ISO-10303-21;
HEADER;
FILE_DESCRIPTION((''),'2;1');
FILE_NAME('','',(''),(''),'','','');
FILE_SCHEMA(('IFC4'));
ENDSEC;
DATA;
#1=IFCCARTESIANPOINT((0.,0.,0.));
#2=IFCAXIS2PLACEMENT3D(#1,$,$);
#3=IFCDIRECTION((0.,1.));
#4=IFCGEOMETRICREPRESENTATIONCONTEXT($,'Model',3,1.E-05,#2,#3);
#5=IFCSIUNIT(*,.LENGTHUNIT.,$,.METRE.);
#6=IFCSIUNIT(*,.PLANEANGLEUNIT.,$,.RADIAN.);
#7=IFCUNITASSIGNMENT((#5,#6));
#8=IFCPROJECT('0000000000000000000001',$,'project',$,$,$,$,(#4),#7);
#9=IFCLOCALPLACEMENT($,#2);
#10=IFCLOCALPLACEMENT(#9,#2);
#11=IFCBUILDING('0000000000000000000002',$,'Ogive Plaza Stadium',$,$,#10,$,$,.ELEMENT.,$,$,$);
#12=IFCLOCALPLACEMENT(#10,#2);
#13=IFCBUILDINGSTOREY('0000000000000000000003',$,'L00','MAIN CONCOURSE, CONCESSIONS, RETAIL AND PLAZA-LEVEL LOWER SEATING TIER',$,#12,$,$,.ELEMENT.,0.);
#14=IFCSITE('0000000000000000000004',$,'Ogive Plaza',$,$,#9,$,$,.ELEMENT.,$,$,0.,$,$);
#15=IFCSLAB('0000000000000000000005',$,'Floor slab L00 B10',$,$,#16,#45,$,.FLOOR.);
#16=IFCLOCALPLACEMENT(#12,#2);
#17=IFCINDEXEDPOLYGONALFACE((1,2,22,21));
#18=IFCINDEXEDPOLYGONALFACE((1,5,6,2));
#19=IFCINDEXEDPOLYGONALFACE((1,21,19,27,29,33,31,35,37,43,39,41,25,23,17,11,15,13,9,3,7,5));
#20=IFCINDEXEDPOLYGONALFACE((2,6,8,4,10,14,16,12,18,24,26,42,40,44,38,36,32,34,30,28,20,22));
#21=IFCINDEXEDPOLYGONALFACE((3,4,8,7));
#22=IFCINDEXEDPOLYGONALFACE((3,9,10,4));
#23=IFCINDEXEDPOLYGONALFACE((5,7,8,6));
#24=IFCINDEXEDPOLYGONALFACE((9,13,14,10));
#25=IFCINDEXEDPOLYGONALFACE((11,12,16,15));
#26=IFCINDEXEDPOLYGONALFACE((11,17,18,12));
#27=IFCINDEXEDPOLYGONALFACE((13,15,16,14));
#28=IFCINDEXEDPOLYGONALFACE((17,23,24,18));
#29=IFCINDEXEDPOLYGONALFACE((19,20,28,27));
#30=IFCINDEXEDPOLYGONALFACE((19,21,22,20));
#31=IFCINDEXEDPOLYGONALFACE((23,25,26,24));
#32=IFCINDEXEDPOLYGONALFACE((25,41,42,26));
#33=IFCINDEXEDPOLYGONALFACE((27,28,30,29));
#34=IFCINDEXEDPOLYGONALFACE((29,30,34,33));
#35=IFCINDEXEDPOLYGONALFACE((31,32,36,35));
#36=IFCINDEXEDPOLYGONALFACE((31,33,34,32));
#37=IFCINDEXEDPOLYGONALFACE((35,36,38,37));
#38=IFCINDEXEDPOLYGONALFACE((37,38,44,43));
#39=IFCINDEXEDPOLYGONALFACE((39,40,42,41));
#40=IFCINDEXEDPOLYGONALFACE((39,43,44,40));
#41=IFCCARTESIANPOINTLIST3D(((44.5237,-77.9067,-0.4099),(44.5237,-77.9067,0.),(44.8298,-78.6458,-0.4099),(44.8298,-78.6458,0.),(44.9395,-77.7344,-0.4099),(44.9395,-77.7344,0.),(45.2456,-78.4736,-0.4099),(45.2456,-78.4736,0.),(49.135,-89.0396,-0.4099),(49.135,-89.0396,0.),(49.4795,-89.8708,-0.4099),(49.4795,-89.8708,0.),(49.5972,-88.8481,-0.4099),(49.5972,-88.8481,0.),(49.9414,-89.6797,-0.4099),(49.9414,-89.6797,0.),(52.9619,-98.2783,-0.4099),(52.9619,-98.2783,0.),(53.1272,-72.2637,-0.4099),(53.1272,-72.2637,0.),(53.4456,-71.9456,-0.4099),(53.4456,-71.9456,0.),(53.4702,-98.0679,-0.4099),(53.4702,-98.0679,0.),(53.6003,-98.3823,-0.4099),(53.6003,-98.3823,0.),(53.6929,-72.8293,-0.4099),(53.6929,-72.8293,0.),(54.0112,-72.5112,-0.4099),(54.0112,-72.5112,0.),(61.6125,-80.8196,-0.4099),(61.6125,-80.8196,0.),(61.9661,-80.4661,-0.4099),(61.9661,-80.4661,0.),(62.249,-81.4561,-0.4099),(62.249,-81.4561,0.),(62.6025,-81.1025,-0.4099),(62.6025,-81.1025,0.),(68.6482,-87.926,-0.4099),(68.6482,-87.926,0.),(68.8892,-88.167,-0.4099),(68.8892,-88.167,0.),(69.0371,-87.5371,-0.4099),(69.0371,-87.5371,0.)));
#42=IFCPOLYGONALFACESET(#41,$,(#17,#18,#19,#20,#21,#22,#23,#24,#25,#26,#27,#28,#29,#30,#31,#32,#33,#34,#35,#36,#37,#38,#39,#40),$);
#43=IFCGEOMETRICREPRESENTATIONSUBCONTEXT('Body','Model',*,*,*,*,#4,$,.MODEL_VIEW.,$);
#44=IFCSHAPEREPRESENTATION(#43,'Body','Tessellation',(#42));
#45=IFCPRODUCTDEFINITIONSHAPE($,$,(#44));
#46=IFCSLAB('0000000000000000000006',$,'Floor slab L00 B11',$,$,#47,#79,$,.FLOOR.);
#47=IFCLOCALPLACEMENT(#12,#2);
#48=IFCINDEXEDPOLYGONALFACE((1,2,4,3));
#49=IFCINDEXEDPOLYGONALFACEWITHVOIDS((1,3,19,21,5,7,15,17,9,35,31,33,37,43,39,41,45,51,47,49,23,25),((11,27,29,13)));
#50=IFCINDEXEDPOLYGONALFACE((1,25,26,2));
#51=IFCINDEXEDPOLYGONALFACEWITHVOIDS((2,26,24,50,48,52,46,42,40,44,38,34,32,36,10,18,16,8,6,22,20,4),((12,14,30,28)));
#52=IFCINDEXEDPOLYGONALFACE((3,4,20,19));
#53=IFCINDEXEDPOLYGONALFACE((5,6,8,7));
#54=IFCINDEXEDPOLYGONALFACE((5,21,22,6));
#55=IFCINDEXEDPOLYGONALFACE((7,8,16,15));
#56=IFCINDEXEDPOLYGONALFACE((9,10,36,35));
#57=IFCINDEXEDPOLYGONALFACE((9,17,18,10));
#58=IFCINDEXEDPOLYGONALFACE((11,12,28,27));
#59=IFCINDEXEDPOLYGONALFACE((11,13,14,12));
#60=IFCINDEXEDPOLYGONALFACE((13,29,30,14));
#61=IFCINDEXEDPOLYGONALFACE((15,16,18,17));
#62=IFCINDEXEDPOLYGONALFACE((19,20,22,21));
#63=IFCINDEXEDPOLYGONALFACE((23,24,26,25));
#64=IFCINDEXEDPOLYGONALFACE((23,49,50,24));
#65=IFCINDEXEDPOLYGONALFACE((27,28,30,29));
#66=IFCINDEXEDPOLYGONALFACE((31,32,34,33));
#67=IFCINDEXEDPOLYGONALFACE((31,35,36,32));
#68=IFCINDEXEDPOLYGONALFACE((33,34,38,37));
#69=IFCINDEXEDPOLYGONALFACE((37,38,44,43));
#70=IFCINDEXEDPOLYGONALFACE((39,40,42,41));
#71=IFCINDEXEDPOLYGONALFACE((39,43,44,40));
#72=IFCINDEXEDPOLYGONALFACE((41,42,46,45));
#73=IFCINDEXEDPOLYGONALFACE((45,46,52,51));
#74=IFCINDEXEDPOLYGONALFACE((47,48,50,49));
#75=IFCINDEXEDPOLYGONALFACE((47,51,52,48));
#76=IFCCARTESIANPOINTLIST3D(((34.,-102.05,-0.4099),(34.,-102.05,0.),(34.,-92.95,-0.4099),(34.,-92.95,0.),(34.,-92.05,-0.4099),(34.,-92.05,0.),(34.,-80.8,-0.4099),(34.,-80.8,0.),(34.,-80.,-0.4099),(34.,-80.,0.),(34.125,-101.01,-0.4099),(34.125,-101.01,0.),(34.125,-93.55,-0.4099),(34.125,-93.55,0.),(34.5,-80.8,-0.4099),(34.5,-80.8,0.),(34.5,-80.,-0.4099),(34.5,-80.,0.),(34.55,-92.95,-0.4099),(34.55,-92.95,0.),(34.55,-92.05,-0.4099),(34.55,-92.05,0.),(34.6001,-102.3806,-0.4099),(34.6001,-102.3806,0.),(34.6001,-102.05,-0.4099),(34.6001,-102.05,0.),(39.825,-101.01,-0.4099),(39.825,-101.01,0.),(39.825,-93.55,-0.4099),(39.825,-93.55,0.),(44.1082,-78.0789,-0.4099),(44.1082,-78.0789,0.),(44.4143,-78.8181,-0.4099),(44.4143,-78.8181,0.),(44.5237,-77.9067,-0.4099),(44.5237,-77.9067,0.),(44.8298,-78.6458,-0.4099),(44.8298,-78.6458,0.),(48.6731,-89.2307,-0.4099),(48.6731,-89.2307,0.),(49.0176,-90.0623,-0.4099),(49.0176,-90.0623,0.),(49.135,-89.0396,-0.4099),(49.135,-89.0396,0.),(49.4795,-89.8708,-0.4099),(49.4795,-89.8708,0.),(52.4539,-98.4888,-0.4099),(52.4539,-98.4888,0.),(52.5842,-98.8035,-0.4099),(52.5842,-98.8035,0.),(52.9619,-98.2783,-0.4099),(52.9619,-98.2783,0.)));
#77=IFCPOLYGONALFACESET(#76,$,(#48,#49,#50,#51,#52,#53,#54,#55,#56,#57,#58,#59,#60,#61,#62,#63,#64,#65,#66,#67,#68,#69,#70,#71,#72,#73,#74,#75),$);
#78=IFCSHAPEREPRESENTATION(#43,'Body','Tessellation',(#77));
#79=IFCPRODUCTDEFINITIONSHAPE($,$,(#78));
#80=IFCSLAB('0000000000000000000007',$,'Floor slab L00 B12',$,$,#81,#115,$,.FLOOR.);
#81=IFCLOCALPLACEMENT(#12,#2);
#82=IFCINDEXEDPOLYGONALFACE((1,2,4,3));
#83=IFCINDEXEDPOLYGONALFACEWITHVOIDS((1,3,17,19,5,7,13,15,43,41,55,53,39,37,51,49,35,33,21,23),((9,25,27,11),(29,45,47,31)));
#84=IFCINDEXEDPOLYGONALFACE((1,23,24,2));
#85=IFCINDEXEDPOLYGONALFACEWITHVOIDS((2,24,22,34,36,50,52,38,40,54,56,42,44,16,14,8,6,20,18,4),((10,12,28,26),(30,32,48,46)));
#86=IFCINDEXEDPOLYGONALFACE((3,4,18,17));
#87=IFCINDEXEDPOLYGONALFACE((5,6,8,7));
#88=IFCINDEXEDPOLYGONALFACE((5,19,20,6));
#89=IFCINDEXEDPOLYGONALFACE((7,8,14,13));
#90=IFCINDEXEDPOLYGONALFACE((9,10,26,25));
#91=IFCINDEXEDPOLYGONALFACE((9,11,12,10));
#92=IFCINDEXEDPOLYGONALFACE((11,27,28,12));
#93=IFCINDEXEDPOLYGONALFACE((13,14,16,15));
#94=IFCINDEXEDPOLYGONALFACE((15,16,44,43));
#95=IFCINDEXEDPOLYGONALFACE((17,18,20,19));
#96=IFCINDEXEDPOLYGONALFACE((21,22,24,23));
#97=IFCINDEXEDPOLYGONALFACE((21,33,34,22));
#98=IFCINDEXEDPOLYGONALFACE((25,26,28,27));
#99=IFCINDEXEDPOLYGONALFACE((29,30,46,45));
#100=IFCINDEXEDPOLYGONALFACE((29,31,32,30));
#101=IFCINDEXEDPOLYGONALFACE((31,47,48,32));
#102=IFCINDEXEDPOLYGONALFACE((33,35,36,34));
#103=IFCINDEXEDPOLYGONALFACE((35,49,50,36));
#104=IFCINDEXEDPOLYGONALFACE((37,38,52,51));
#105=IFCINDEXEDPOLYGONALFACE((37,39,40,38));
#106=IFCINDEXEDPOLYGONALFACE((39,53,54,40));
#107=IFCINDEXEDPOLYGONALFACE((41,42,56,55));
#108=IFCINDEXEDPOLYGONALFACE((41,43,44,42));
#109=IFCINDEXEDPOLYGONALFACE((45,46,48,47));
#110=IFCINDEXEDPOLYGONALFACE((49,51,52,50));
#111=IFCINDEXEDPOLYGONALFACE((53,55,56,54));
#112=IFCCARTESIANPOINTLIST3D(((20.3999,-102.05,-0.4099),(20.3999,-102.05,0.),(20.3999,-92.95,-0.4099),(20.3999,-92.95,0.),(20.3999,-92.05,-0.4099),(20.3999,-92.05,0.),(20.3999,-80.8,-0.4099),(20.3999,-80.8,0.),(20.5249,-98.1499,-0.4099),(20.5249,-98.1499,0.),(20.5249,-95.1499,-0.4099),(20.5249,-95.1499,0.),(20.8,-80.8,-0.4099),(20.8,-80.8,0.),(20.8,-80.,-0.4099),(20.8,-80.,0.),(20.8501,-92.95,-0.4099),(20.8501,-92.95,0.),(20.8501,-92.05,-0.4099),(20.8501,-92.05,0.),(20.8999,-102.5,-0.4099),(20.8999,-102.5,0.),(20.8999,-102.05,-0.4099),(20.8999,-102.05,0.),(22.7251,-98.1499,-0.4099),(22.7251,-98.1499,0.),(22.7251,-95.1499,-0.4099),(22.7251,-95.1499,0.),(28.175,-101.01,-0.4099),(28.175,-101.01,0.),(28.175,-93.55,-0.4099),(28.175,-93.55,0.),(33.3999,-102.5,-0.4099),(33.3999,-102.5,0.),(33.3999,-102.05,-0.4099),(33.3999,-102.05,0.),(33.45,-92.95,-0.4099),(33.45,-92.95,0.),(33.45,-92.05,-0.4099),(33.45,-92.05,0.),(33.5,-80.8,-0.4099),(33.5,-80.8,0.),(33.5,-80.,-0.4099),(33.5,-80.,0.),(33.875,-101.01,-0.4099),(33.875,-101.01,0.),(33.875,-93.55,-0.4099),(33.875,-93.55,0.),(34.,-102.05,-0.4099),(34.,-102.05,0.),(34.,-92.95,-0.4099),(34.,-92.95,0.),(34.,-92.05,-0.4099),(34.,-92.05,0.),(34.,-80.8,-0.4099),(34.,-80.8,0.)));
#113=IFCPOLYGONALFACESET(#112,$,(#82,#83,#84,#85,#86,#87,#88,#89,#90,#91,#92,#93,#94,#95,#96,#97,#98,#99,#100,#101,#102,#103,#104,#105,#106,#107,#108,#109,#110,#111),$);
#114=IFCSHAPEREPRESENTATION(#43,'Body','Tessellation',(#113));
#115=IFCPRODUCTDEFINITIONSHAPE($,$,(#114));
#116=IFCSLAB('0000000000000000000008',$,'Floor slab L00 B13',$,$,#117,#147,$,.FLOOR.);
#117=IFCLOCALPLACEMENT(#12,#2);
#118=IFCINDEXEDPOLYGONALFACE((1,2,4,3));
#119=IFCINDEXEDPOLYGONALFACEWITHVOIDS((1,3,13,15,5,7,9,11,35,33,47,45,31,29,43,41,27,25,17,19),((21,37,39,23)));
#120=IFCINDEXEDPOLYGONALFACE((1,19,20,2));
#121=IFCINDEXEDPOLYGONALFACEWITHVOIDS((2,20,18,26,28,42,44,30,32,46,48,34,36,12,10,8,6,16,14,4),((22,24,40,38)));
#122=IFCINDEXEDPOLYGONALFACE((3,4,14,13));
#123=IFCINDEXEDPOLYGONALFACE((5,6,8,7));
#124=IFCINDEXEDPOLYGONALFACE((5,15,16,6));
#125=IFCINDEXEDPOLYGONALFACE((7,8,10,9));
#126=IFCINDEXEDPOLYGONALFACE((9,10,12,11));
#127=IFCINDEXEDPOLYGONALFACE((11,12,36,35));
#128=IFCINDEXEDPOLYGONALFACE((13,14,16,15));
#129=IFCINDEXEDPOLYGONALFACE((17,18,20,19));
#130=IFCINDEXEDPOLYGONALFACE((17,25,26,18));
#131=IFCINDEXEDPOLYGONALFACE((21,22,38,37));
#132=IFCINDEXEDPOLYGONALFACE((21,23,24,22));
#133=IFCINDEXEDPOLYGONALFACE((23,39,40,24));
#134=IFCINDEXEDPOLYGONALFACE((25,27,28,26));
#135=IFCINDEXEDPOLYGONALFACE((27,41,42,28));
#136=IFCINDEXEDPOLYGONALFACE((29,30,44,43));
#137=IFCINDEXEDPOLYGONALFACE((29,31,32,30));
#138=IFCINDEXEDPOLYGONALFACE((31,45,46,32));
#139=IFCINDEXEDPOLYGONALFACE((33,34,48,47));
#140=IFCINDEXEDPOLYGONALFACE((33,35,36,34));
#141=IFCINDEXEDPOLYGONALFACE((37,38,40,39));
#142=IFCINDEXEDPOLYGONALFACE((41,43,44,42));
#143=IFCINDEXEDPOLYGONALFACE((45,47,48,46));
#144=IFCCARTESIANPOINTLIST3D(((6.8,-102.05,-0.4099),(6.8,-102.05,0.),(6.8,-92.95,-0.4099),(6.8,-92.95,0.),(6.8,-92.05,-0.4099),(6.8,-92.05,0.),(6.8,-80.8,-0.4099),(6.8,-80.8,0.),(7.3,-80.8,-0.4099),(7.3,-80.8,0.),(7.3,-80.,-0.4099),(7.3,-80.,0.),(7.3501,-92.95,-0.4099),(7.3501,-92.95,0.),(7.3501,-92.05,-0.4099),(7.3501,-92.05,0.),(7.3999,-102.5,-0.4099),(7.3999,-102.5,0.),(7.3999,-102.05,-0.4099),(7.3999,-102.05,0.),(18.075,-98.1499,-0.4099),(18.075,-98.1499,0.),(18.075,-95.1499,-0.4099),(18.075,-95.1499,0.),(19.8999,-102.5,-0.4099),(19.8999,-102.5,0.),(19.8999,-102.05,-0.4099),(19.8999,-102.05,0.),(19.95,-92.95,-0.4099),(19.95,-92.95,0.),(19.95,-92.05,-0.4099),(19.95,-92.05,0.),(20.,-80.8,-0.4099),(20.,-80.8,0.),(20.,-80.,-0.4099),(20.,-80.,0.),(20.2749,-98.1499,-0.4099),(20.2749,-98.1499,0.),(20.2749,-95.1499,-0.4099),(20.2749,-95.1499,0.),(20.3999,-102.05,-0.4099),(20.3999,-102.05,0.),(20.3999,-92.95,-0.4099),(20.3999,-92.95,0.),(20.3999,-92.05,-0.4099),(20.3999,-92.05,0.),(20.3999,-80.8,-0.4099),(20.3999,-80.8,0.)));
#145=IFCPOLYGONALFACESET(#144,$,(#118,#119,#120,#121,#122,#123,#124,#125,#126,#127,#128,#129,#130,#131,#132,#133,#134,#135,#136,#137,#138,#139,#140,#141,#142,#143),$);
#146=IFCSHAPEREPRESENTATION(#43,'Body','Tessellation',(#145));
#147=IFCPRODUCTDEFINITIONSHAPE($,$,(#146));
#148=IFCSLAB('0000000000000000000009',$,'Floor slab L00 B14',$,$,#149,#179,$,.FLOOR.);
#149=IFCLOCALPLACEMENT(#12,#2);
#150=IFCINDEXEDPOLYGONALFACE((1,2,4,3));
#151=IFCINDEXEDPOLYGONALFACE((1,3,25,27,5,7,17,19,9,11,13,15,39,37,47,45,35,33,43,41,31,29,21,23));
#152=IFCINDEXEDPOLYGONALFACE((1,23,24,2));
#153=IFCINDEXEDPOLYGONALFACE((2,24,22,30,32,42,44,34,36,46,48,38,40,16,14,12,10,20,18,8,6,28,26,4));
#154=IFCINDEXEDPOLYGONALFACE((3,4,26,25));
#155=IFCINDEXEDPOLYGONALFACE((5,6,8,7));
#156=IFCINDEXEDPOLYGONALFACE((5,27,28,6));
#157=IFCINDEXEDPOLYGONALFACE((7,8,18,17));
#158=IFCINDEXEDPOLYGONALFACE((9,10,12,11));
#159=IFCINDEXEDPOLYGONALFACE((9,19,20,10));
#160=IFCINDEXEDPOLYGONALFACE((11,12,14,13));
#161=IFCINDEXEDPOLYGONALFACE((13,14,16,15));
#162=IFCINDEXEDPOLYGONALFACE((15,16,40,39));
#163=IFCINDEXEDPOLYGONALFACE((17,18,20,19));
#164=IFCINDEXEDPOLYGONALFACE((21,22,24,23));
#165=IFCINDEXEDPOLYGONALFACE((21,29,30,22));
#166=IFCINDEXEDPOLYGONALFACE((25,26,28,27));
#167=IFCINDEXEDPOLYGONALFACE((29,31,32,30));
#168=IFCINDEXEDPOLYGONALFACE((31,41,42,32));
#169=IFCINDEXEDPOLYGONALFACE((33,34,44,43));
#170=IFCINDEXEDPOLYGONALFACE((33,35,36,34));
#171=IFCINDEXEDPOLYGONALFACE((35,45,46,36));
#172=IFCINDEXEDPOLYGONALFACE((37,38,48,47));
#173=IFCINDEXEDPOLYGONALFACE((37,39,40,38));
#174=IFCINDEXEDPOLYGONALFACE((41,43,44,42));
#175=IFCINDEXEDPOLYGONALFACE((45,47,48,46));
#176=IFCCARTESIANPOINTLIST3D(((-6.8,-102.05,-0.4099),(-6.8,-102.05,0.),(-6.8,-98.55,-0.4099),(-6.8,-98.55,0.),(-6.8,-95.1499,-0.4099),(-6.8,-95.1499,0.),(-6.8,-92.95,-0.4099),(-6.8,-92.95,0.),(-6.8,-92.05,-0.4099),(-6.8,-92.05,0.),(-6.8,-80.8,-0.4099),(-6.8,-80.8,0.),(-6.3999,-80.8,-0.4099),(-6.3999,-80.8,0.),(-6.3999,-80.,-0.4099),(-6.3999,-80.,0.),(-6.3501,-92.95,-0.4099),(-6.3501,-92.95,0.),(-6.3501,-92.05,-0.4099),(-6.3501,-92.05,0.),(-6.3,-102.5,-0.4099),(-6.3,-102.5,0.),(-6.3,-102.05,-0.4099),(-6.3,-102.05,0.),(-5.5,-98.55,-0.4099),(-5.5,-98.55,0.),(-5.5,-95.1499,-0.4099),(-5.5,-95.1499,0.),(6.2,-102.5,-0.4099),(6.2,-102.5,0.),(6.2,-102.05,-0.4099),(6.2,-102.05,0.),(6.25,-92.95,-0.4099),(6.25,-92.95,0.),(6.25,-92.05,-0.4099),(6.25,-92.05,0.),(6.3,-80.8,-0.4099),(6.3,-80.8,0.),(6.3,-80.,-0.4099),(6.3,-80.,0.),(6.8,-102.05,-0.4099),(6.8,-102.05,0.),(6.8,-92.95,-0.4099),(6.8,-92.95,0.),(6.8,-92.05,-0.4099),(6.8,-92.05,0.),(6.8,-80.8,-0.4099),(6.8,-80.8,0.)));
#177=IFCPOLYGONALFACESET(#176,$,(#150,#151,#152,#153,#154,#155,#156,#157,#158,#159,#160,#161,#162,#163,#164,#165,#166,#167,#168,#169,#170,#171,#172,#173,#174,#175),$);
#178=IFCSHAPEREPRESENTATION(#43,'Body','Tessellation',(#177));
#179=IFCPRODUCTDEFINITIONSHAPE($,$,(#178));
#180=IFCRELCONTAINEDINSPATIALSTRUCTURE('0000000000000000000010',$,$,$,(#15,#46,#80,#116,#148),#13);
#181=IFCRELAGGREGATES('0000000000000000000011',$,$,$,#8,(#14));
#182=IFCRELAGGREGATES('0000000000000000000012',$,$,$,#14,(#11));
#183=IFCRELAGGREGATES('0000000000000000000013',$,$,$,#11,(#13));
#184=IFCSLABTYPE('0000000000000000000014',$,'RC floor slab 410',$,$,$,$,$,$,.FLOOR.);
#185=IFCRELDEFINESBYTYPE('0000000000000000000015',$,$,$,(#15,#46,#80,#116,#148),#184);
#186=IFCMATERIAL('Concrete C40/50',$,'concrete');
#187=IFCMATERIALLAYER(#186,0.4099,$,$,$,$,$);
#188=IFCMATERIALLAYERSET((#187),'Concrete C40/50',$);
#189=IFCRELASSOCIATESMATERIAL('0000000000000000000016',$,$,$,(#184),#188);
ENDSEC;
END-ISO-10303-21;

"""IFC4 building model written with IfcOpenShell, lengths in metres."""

from ifc_helpers import new_model, si_unit, direction, frame, origin, place, context, subcontext, project, spatial, polyline, outline, extrude, material, layer, layer_set, type_object, element, save


model = new_model("IFC4")

# Units and contexts
model_context = context("Model", 3, precision=1e-05, world=origin(), true_north=direction((0.0, 1.0)))
body_context = subcontext(model_context, "Body", "Model", "MODEL_VIEW")
ifc_project = project(units=[si_unit("LENGTHUNIT", "METRE"), si_unit("PLANEANGLEUNIT", "RADIAN")], contexts=[model_context])

# Site, building, storey
site_placement = place(None, origin())
site = spatial("IfcSite", under=ifc_project, at=site_placement, Name="Ogive Plaza", CompositionType="ELEMENT", RefElevation=0.0)
building_placement = place(site_placement, origin())
building = spatial("IfcBuilding", under=site, at=building_placement, Name="Ogive Plaza Stadium", CompositionType="ELEMENT")
storey_placement = place(building_placement, origin())
storey = spatial("IfcBuildingStorey", under=building, at=storey_placement, Name="L00", Description="MAIN CONCOURSE, CONCESSIONS, RETAIL AND PLAZA-LEVEL LOWER SEATING TIER", CompositionType="ELEMENT", Elevation=0.0)

# Slabs
ifc_material = material(Name="Concrete C40/50", Category="concrete")
ifc_layer = layer(ifc_material, 0.4099)
ifc_layer_set = layer_set([ifc_layer], Name="Concrete C40/50")
slab_type = type_object("IfcSlabType", Name="RC floor slab 410", PredefinedType="FLOOR", material=ifc_layer_set)
slab_1_placement = place(storey_placement, frame((0.0, 0.0, -0.4099)))
element("IfcSlab", 1, at=slab_1_placement, inside=storey, type_object=slab_type, Name="Floor slab L00 B10", PredefinedType="FLOOR", context=body_context, shape_type="SweptSolid", body=[
    extrude(outline(polyline([(49.135, -89.0396), (49.5972, -88.8481), (49.9414, -89.6797), (49.4795, -89.8708), (52.9619, -98.2783), (53.4702, -98.0679), (53.6003, -98.3823), (68.8892, -88.167), (68.6482, -87.926), (69.0371, -87.5371), (62.6025, -81.1025), (62.249, -81.4561), (61.6125, -80.8196), (61.9661, -80.4661), (54.0112, -72.5112), (53.6929, -72.8293), (53.1272, -72.2637), (53.4456, -71.9456), (44.5237, -77.9067), (44.9395, -77.7344), (45.2456, -78.4736), (44.8298, -78.6458), (49.135, -89.0396)])), origin(), (0.0, 0.0, 1.0), 0.4099),
])
slab_2_placement = place(storey_placement, frame((0.0, 0.0, -0.4099)))
element("IfcSlab", 2, at=slab_2_placement, inside=storey, type_object=slab_type, Name="Floor slab L00 B11", PredefinedType="FLOOR", context=body_context, shape_type="SweptSolid", body=[
    extrude(outline(polyline([(34.0, -92.05), (34.55, -92.05), (34.55, -92.95), (34.0, -92.95), (34.0, -102.05), (34.6001, -102.05), (34.6001, -102.3806), (52.5842, -98.8035), (52.4539, -98.4888), (52.9619, -98.2783), (49.4795, -89.8708), (49.0176, -90.0623), (48.6731, -89.2307), (49.135, -89.0396), (44.8298, -78.6458), (44.4143, -78.8181), (44.1082, -78.0789), (44.5237, -77.9067), (34.0, -80.0), (34.5, -80.0), (34.5, -80.8), (34.0, -80.8), (34.0, -92.05)]), holes=[polyline([(34.125, -93.55), (34.125, -101.01), (39.825, -101.01), (39.825, -93.55), (34.125, -93.55)])]), origin(), (0.0, 0.0, 1.0), 0.4099),
])
slab_3_placement = place(storey_placement, frame((0.0, 0.0, -0.4099)))
element("IfcSlab", 3, at=slab_3_placement, inside=storey, type_object=slab_type, Name="Floor slab L00 B12", PredefinedType="FLOOR", context=body_context, shape_type="SweptSolid", body=[
    extrude(outline(polyline([(20.3999, -92.05), (20.8501, -92.05), (20.8501, -92.95), (20.3999, -92.95), (20.3999, -102.05), (20.8999, -102.05), (20.8999, -102.5), (33.3999, -102.5), (33.3999, -102.05), (34.0, -102.05), (34.0, -92.95), (33.45, -92.95), (33.45, -92.05), (34.0, -92.05), (34.0, -80.8), (33.5, -80.8), (33.5, -80.0), (20.8, -80.0), (20.8, -80.8), (20.3999, -80.8), (20.3999, -92.05)]), holes=[polyline([(28.175, -93.55), (28.175, -101.01), (33.875, -101.01), (33.875, -93.55), (28.175, -93.55)]), polyline([(20.5249, -95.1499), (20.5249, -98.1499), (22.7251, -98.1499), (22.7251, -95.1499), (20.5249, -95.1499)])]), origin(), (0.0, 0.0, 1.0), 0.4099),
])
slab_4_placement = place(storey_placement, frame((0.0, 0.0, -0.4099)))
element("IfcSlab", 4, at=slab_4_placement, inside=storey, type_object=slab_type, Name="Floor slab L00 B13", PredefinedType="FLOOR", context=body_context, shape_type="SweptSolid", body=[
    extrude(outline(polyline([(6.8, -92.05), (7.3501, -92.05), (7.3501, -92.95), (6.8, -92.95), (6.8, -102.05), (7.3999, -102.05), (7.3999, -102.5), (19.8999, -102.5), (19.8999, -102.05), (20.3999, -102.05), (20.3999, -92.95), (19.95, -92.95), (19.95, -92.05), (20.3999, -92.05), (20.3999, -80.8), (20.0, -80.8), (20.0, -80.0), (7.3, -80.0), (7.3, -80.8), (6.8, -80.8), (6.8, -92.05)]), holes=[polyline([(18.075, -95.1499), (18.075, -98.1499), (20.2749, -98.1499), (20.2749, -95.1499), (18.075, -95.1499)])]), origin(), (0.0, 0.0, 1.0), 0.4099),
])
slab_5_placement = place(storey_placement, frame((0.0, 0.0, -0.4099)))
element("IfcSlab", 5, at=slab_5_placement, inside=storey, type_object=slab_type, Name="Floor slab L00 B14", PredefinedType="FLOOR", context=body_context, shape_type="SweptSolid", body=[
    extrude(outline(polyline([(-6.8, -92.05), (-6.3501, -92.05), (-6.3501, -92.95), (-6.8, -92.95), (-6.8, -95.1499), (-5.5, -95.1499), (-5.5, -98.55), (-6.8, -98.55), (-6.8, -102.05), (-6.3, -102.05), (-6.3, -102.5), (6.2, -102.5), (6.2, -102.05), (6.8, -102.05), (6.8, -92.95), (6.25, -92.95), (6.25, -92.05), (6.8, -92.05), (6.8, -80.8), (6.3, -80.8), (6.3, -80.0), (-6.3999, -80.0), (-6.3999, -80.8), (-6.8, -80.8), (-6.8, -92.05)])), origin(), (0.0, 0.0, 1.0), 0.4099),
])

save(model, "model.ifc")
